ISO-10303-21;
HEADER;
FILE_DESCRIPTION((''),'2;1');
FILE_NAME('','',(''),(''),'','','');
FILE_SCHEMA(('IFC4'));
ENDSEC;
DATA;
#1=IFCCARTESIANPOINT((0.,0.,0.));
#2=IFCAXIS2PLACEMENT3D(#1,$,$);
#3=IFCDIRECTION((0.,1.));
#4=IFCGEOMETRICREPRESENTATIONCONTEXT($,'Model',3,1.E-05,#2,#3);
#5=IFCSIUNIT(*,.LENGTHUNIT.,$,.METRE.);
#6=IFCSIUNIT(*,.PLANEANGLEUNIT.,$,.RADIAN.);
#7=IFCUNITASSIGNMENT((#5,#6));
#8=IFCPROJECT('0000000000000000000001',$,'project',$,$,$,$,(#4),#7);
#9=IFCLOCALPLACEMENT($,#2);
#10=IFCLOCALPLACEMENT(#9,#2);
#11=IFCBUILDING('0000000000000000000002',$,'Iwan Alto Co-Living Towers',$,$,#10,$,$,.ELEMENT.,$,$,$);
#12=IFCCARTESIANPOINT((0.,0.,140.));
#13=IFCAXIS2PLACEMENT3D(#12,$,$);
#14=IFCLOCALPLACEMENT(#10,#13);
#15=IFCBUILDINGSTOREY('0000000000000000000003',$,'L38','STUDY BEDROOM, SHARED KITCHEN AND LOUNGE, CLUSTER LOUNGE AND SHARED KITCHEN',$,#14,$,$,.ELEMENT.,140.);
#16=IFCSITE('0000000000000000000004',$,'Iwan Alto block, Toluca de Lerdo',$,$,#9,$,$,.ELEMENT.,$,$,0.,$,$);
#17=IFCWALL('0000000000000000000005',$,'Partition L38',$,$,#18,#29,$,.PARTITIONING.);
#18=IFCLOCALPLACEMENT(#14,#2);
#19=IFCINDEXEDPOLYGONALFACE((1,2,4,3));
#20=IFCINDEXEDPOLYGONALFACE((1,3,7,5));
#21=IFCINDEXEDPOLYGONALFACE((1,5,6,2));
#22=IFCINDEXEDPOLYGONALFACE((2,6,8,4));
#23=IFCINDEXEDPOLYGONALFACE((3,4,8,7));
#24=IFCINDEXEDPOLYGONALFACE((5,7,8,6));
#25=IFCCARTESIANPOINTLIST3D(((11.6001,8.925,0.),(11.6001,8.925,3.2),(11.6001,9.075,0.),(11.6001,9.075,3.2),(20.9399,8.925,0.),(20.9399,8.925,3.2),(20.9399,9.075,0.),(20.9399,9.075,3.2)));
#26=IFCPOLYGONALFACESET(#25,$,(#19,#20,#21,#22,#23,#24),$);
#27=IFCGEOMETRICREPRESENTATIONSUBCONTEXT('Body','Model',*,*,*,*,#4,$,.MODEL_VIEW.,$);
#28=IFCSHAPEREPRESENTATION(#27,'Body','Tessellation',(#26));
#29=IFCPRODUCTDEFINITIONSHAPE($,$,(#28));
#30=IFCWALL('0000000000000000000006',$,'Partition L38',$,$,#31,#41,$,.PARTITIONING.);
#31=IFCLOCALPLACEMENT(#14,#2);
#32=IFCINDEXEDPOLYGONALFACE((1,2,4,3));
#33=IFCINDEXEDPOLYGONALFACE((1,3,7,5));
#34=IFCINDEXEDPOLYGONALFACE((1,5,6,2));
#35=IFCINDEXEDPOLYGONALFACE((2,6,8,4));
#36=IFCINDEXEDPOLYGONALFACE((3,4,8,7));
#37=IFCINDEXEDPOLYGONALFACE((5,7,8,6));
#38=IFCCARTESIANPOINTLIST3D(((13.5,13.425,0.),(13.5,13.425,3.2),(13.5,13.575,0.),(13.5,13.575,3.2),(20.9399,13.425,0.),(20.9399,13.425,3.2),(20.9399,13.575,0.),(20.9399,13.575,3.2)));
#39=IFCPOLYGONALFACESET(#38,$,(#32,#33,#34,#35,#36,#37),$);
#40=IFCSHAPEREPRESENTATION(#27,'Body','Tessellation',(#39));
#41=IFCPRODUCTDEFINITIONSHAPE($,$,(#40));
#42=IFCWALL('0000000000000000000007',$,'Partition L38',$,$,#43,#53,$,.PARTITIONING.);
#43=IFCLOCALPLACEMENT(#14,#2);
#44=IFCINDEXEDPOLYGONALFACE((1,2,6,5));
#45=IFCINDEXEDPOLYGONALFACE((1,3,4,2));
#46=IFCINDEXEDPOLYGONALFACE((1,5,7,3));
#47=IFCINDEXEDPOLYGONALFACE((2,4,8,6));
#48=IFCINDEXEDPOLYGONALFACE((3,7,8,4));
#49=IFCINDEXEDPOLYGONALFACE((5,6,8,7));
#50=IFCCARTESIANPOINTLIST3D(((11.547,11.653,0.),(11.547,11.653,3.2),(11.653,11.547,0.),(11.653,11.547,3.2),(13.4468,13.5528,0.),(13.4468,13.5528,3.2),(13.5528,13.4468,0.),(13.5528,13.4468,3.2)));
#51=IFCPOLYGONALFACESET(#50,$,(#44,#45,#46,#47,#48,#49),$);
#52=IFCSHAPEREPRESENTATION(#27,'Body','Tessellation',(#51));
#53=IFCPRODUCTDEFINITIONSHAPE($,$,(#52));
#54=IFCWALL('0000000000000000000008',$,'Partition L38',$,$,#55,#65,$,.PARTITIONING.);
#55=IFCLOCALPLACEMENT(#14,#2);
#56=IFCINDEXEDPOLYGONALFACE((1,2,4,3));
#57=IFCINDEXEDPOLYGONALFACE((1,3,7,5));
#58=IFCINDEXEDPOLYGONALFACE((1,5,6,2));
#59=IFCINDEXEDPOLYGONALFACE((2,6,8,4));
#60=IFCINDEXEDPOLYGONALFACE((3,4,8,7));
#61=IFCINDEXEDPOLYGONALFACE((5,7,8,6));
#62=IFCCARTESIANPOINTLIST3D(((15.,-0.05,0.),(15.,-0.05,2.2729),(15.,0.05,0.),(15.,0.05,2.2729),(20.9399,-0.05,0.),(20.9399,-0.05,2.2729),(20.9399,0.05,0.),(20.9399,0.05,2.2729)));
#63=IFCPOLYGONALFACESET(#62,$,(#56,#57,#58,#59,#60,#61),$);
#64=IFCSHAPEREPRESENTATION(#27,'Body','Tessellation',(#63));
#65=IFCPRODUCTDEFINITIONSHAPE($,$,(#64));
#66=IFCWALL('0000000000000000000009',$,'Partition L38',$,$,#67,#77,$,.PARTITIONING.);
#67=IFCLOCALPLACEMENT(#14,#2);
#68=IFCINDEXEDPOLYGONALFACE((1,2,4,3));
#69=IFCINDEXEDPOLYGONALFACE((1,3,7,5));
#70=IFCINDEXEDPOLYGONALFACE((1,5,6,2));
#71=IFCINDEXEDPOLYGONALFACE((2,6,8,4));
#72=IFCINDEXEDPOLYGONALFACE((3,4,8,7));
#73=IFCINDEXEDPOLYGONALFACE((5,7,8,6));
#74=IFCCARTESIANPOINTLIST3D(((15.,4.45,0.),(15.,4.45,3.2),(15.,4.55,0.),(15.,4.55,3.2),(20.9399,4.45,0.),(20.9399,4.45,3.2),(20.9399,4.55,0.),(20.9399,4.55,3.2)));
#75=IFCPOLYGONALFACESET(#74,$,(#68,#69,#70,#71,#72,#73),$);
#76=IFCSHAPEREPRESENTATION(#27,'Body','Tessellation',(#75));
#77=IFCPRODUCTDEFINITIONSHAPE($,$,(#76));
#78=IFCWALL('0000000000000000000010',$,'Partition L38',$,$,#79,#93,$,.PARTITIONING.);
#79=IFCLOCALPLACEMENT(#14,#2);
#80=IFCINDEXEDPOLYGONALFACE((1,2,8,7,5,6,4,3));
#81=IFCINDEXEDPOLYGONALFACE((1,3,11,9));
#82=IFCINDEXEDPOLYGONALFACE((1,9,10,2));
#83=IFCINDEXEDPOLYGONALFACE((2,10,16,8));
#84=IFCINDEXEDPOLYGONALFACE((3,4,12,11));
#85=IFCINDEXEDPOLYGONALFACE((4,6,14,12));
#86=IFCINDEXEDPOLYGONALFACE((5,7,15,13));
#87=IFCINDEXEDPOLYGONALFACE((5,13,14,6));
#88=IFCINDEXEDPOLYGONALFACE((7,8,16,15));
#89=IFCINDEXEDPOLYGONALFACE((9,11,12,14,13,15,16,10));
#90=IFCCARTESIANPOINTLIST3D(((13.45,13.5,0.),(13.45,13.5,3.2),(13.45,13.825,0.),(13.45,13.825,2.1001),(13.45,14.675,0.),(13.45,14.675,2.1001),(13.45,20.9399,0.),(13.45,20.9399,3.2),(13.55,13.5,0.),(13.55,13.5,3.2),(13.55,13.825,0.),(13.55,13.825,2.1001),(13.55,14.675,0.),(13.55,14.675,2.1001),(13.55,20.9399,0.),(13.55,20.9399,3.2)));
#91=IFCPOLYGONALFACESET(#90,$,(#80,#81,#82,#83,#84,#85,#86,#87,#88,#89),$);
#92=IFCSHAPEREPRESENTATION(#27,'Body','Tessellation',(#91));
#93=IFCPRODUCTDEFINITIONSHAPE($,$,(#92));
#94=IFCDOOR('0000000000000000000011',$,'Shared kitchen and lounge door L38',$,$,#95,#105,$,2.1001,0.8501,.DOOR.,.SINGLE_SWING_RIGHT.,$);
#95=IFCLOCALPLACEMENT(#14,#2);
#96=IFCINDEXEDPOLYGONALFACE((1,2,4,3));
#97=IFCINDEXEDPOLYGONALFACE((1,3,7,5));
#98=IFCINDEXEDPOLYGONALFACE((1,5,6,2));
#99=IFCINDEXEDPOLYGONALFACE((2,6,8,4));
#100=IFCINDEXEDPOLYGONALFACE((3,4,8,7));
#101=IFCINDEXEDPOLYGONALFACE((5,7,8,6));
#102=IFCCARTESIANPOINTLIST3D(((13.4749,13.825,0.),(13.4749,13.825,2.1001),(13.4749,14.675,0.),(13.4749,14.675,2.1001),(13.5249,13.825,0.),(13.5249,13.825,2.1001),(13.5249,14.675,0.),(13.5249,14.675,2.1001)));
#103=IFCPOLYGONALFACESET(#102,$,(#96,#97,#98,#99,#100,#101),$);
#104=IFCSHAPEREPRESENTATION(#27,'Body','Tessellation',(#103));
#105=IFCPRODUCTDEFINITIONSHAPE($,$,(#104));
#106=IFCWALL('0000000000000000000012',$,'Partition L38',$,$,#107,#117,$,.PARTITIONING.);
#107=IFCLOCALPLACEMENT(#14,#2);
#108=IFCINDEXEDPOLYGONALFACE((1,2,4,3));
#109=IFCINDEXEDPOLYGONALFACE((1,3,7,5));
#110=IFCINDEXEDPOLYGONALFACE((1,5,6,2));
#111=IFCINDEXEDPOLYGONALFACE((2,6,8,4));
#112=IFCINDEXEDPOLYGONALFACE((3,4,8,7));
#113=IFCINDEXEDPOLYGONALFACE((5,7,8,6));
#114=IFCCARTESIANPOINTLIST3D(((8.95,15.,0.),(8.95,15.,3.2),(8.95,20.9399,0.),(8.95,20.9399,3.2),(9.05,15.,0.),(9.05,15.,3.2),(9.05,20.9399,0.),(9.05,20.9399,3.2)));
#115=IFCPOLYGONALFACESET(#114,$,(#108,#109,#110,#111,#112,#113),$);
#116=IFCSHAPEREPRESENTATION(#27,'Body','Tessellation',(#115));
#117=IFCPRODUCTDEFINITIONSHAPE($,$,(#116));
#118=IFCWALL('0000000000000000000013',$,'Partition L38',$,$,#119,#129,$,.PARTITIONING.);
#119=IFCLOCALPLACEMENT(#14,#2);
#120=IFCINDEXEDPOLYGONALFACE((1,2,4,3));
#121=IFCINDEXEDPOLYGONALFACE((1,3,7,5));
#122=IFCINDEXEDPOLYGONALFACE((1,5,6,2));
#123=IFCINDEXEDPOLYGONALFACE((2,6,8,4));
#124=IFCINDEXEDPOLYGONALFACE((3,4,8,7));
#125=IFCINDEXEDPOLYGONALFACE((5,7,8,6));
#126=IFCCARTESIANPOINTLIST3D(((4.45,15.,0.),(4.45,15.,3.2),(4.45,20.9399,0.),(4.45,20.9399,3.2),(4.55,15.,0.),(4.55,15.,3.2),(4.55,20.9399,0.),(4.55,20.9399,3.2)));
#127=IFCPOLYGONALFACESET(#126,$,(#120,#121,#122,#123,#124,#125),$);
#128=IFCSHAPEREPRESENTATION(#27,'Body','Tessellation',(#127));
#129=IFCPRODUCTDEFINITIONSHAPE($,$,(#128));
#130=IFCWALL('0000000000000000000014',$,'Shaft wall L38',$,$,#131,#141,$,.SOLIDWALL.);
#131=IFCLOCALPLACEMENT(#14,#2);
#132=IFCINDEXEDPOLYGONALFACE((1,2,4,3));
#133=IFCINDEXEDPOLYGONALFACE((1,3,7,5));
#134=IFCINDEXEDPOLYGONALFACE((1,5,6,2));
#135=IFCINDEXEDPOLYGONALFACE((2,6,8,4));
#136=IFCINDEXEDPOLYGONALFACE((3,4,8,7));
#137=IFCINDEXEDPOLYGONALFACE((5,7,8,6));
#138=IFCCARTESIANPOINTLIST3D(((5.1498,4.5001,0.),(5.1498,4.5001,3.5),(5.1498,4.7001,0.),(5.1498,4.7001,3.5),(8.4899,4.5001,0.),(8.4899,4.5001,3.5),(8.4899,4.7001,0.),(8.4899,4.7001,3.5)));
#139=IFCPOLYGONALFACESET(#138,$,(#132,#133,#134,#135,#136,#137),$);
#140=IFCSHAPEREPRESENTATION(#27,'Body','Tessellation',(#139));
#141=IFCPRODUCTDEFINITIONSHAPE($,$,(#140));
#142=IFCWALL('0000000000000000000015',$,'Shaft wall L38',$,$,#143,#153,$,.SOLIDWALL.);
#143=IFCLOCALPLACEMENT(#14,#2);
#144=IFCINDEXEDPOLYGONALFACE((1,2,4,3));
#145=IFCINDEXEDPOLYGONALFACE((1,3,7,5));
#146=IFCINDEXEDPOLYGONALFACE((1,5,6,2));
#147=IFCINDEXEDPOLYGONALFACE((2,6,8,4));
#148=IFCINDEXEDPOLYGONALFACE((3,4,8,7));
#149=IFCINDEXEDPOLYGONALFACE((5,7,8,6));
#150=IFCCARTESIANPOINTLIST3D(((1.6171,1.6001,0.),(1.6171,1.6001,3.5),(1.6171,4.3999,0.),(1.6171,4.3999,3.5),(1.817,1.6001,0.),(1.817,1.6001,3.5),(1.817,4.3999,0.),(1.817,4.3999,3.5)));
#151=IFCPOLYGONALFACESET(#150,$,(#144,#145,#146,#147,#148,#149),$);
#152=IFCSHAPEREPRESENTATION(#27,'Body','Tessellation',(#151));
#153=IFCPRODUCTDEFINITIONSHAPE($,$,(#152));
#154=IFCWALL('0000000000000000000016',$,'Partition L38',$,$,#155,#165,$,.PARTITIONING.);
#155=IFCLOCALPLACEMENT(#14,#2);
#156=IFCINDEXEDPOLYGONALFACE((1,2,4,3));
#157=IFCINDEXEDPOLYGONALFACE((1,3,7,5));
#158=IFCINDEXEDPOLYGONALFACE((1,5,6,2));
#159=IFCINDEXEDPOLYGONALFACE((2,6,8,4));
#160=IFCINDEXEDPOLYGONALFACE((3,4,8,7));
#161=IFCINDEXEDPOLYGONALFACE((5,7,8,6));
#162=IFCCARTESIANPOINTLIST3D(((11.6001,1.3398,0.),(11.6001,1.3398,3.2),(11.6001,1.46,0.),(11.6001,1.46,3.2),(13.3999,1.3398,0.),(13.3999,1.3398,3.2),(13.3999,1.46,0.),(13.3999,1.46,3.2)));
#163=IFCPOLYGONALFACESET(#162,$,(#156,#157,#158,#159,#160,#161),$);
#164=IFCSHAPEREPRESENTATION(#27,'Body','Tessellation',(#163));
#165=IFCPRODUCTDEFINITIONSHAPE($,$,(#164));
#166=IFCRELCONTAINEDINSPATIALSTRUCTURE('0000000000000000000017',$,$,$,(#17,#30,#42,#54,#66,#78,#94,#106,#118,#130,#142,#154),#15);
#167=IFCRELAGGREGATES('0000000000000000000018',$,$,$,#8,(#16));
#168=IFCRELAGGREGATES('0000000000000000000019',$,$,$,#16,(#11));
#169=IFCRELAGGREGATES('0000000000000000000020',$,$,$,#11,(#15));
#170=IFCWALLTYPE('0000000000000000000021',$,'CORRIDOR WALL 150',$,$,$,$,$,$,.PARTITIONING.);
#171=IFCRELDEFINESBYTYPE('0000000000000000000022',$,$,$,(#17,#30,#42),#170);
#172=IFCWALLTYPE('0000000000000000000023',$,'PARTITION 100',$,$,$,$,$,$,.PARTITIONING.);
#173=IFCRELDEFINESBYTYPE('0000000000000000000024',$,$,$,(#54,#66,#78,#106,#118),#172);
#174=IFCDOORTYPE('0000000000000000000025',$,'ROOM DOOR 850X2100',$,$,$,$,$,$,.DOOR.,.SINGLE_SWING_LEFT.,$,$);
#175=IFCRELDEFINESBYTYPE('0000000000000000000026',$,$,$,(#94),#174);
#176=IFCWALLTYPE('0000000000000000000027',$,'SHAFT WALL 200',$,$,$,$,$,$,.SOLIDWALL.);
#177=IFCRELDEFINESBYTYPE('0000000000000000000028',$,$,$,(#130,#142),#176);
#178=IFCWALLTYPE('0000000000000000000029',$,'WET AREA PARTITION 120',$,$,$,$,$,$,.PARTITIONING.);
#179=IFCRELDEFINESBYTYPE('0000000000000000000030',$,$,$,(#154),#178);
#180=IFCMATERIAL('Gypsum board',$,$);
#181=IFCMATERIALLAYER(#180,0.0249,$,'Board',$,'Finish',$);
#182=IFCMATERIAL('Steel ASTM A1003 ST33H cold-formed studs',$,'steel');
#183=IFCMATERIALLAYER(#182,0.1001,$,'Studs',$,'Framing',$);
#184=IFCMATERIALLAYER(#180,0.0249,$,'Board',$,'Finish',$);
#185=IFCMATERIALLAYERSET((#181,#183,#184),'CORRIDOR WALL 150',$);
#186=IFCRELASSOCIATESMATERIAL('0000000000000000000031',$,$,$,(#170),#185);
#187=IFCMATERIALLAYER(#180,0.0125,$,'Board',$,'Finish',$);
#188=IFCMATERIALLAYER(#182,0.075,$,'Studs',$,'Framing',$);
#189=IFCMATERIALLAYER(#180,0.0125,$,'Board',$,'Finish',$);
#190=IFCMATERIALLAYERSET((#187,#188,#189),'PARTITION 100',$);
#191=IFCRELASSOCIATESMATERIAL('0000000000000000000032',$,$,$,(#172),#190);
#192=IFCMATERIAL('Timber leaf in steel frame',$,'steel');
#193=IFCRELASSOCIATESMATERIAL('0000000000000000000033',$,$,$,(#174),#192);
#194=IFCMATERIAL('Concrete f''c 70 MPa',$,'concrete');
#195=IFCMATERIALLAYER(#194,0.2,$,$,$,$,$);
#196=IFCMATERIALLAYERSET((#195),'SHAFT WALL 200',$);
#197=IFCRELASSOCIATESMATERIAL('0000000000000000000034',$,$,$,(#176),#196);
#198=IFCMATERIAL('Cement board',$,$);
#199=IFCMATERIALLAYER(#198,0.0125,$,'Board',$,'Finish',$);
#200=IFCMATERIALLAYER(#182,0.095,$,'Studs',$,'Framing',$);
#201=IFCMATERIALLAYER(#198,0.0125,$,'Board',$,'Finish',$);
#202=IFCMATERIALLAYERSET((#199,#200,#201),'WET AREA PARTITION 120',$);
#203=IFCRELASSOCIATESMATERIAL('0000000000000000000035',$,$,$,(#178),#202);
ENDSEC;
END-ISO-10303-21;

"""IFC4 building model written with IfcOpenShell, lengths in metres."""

from ifc_helpers import new_model, si_unit, direction, frame, frame_2d, origin, place, context, subcontext, project, spatial, rectangle, extrude, material, layer, layer_set, type_object, element, fill, save


model = new_model("IFC4")

# Units and contexts
model_context = context("Model", 3, precision=1e-05, world=origin(), true_north=direction((0.0, 1.0)))
body_context = subcontext(model_context, "Body", "Model", "MODEL_VIEW")
ifc_project = project(units=[si_unit("LENGTHUNIT", "METRE"), si_unit("PLANEANGLEUNIT", "RADIAN")], contexts=[model_context])

# Site, building, storey
site_placement = place(None, origin())
site = spatial("IfcSite", under=ifc_project, at=site_placement, Name="Iwan Alto block, Toluca de Lerdo", CompositionType="ELEMENT", RefElevation=0.0)
building_placement = place(site_placement, origin())
building = spatial("IfcBuilding", under=site, at=building_placement, Name="Iwan Alto Co-Living Towers", CompositionType="ELEMENT")
storey_placement = place(building_placement, frame((0.0, 0.0, 140.0)))
storey = spatial("IfcBuildingStorey", under=building, at=storey_placement, Name="L38", Description="STUDY BEDROOM, SHARED KITCHEN AND LOUNGE, CLUSTER LOUNGE AND SHARED KITCHEN", CompositionType="ELEMENT", Elevation=140.0)

# Walls
ifc_material_1 = material(Name="Gypsum board")
ifc_layer_1 = layer(ifc_material_1, 0.0249, Name="Board", Category="Finish")
ifc_material_2 = material(Name="Steel ASTM A1003 ST33H cold-formed studs", Category="steel")
ifc_layer_2 = layer(ifc_material_2, 0.1001, Name="Studs", Category="Framing")
ifc_layer_3 = layer(ifc_material_1, 0.0249, Name="Board", Category="Finish")
ifc_layer_set_1 = layer_set([ifc_layer_1, ifc_layer_2, ifc_layer_3], Name="CORRIDOR WALL 150")
wall_type_1 = type_object("IfcWallType", Name="CORRIDOR WALL 150", PredefinedType="PARTITIONING", material=ifc_layer_set_1)
wall_1_placement = place(storey_placement, frame((11.6001, 9.0, 0.0), z_axis=(0.0, 0.0, 1.0), x_axis=(1.0, 0.0, 0.0)))
element("IfcWall", 1, at=wall_1_placement, inside=storey, type_object=wall_type_1, Name="Partition L38", PredefinedType="PARTITIONING", context=body_context, shape_type="SweptSolid", body=[
    extrude(rectangle(XDim=9.3398, YDim=0.1499, at=frame_2d((4.6699, 0.0))), origin(), (0.0, 0.0, 1.0), 3.2),
])
wall_2_placement = place(storey_placement, frame((13.5, 13.5, 0.0), z_axis=(0.0, 0.0, 1.0), x_axis=(1.0, 0.0, 0.0)))
element("IfcWall", 2, at=wall_2_placement, inside=storey, type_object=wall_type_1, Name="Partition L38", PredefinedType="PARTITIONING", context=body_context, shape_type="SweptSolid", body=[
    extrude(rectangle(XDim=7.4399, YDim=0.1499, at=frame_2d((3.72, 0.0))), origin(), (0.0, 0.0, 1.0), 3.2),
])
wall_3_placement = place(storey_placement, frame((11.6001, 11.6001, 0.0), z_axis=(0.0, 0.0, 1.0), x_axis=(0.707107, 0.707107, 0.0)))
element("IfcWall", 3, at=wall_3_placement, inside=storey, type_object=wall_type_1, Name="Partition L38", PredefinedType="PARTITIONING", context=body_context, shape_type="SweptSolid", body=[
    extrude(rectangle(XDim=2.6868, YDim=0.1499, at=frame_2d((1.3433, 0.0))), origin(), (0.0, 0.0, 1.0), 3.2),
])
ifc_layer_4 = layer(ifc_material_1, 0.0125, Name="Board", Category="Finish")
ifc_layer_5 = layer(ifc_material_2, 0.075, Name="Studs", Category="Framing")
ifc_layer_6 = layer(ifc_material_1, 0.0125, Name="Board", Category="Finish")
ifc_layer_set_2 = layer_set([ifc_layer_4, ifc_layer_5, ifc_layer_6], Name="PARTITION 100")
wall_type_2 = type_object("IfcWallType", Name="PARTITION 100", PredefinedType="PARTITIONING", material=ifc_layer_set_2)
wall_4_placement = place(storey_placement, frame((15.0, 0.0, 0.0), z_axis=(0.0, 0.0, 1.0), x_axis=(1.0, 0.0, 0.0)))
element("IfcWall", 4, at=wall_4_placement, inside=storey, type_object=wall_type_2, Name="Partition L38", PredefinedType="PARTITIONING", context=body_context, shape_type="SweptSolid", body=[
    extrude(rectangle(XDim=5.9399, YDim=0.1001, at=frame_2d((2.97, 0.0))), origin(), (0.0, 0.0, 1.0), 2.2729),
])
wall_5_placement = place(storey_placement, frame((15.0, 4.5, 0.0), z_axis=(0.0, 0.0, 1.0), x_axis=(1.0, 0.0, 0.0)))
element("IfcWall", 5, at=wall_5_placement, inside=storey, type_object=wall_type_2, Name="Partition L38", PredefinedType="PARTITIONING", context=body_context, shape_type="SweptSolid", body=[
    extrude(rectangle(XDim=5.9399, YDim=0.1001, at=frame_2d((2.97, 0.0))), origin(), (0.0, 0.0, 1.0), 3.2),
])

# Wall, opening, door
wall_6_placement = place(storey_placement, frame((13.5, 13.5, 0.0), z_axis=(0.0, 0.0, 1.0), x_axis=(0.0, 1.0, 0.0)))
wall_6 = element("IfcWall", 6, at=wall_6_placement, inside=storey, type_object=wall_type_2, Name="Partition L38", PredefinedType="PARTITIONING", context=body_context, shape_type="SweptSolid", body=[
    extrude(rectangle(XDim=7.4399, YDim=0.1001, at=frame_2d((3.72, 0.0))), origin(), (0.0, 0.0, 1.0), 3.2),
])
opening_1_placement = place(wall_6_placement, frame((0.325, 0.0, 0.0)))
opening_1 = element("IfcOpeningElement", 7, at=opening_1_placement, cuts=wall_6, PredefinedType="OPENING", context=body_context, shape_type="SweptSolid", body=[
    extrude(rectangle(XDim=0.8501, YDim=2.1001, at=frame_2d((0.425, 1.05))), frame((0.0, 0.0601, 0.0), z_axis=(0.0, -1.0, 0.0), x_axis=(1.0, 0.0, 0.0)), (0.0, 0.0, 1.0), 0.1201),
])
ifc_material_3 = material(Name="Timber leaf in steel frame", Category="steel")
door_type = type_object("IfcDoorType", Name="ROOM DOOR 850X2100", OperationType="SINGLE_SWING_LEFT", PredefinedType="DOOR", material=ifc_material_3)
door_1_placement = place(opening_1_placement, frame((0.8501, 0.0, 0.0), z_axis=(0.0, 0.0, 1.0), x_axis=(-1.0, 0.0, 0.0)))
door_1 = element("IfcDoor", 8, at=door_1_placement, inside=storey, type_object=door_type, Name="Shared kitchen and lounge door L38", OperationType="SINGLE_SWING_RIGHT", OverallHeight=2.1001, OverallWidth=0.8501, PredefinedType="DOOR", context=body_context, shape_type="SweptSolid", body=[
    extrude(rectangle(XDim=0.8501, YDim=2.1001, at=frame_2d((0.425, 1.05))), frame((0.0, 0.0249, 0.0), z_axis=(0.0, -1.0, 0.0), x_axis=(1.0, 0.0, 0.0)), (0.0, 0.0, 1.0), 0.05),
])
fill(opening_1, door_1)

# Walls
for number, where, z_axis, x_axis, name in (
    (9, (9.0, 15.0, 0.0), (0.0, 0.0, 1.0), (0.0, 1.0, 0.0), "Partition L38"),
    (10, (4.5, 15.0, 0.0), (0.0, 0.0, 1.0), (0.0, 1.0, 0.0), "Partition L38"),
):
    element("IfcWall", number, at=place(storey_placement, frame(where, z_axis=z_axis, x_axis=x_axis)), inside=storey, type_object=wall_type_2, Name=name, PredefinedType="PARTITIONING", context=body_context, shape_type="SweptSolid", body=[
        extrude(rectangle(XDim=5.9399, YDim=0.1001, at=frame_2d((2.97, 0.0))), origin(), (0.0, 0.0, 1.0), 3.2),
    ])
ifc_material_4 = material(Name="Concrete f'c 70 MPa", Category="concrete")
ifc_layer_7 = layer(ifc_material_4, 0.2)
ifc_layer_set_3 = layer_set([ifc_layer_7], Name="SHAFT WALL 200")
wall_type_3 = type_object("IfcWallType", Name="SHAFT WALL 200", PredefinedType="SOLIDWALL", material=ifc_layer_set_3)
wall_7_placement = place(storey_placement, frame((5.1499, 4.6001, 0.0), z_axis=(0.0, 0.0, 1.0), x_axis=(1.0, 0.0, 0.0)))
element("IfcWall", 11, at=wall_7_placement, inside=storey, type_object=wall_type_3, Name="Shaft wall L38", PredefinedType="SOLIDWALL", context=body_context, shape_type="SweptSolid", body=[
    extrude(rectangle(XDim=3.3401, YDim=0.2, at=frame_2d((1.6699, 0.0))), origin(), (0.0, 0.0, 1.0), 3.5),
])
wall_8_placement = place(storey_placement, frame((1.717, 1.6001, 0.0), z_axis=(0.0, 0.0, 1.0), x_axis=(0.0, 1.0, 0.0)))
element("IfcWall", 12, at=wall_8_placement, inside=storey, type_object=wall_type_3, Name="Shaft wall L38", PredefinedType="SOLIDWALL", context=body_context, shape_type="SweptSolid", body=[
    extrude(rectangle(XDim=2.7998, YDim=0.2, at=frame_2d((1.3999, 0.0))), origin(), (0.0, 0.0, 1.0), 3.5),
])
ifc_material_5 = material(Name="Cement board")
ifc_layer_8 = layer(ifc_material_5, 0.0125, Name="Board", Category="Finish")
ifc_layer_9 = layer(ifc_material_2, 0.095, Name="Studs", Category="Framing")
ifc_layer_10 = layer(ifc_material_5, 0.0125, Name="Board", Category="Finish")
ifc_layer_set_4 = layer_set([ifc_layer_8, ifc_layer_9, ifc_layer_10], Name="WET AREA PARTITION 120")
wall_type_4 = type_object("IfcWallType", Name="WET AREA PARTITION 120", PredefinedType="PARTITIONING", material=ifc_layer_set_4)
wall_9_placement = place(storey_placement, frame((11.6001, 1.3999, 0.0), z_axis=(0.0, 0.0, 1.0), x_axis=(1.0, 0.0, 0.0)))
element("IfcWall", 13, at=wall_9_placement, inside=storey, type_object=wall_type_4, Name="Partition L38", PredefinedType="PARTITIONING", context=body_context, shape_type="SweptSolid", body=[
    extrude(rectangle(XDim=1.7998, YDim=0.1201, at=frame_2d((0.8999, 0.0))), origin(), (0.0, 0.0, 1.0), 3.2),
])

save(model, "model.ifc")
